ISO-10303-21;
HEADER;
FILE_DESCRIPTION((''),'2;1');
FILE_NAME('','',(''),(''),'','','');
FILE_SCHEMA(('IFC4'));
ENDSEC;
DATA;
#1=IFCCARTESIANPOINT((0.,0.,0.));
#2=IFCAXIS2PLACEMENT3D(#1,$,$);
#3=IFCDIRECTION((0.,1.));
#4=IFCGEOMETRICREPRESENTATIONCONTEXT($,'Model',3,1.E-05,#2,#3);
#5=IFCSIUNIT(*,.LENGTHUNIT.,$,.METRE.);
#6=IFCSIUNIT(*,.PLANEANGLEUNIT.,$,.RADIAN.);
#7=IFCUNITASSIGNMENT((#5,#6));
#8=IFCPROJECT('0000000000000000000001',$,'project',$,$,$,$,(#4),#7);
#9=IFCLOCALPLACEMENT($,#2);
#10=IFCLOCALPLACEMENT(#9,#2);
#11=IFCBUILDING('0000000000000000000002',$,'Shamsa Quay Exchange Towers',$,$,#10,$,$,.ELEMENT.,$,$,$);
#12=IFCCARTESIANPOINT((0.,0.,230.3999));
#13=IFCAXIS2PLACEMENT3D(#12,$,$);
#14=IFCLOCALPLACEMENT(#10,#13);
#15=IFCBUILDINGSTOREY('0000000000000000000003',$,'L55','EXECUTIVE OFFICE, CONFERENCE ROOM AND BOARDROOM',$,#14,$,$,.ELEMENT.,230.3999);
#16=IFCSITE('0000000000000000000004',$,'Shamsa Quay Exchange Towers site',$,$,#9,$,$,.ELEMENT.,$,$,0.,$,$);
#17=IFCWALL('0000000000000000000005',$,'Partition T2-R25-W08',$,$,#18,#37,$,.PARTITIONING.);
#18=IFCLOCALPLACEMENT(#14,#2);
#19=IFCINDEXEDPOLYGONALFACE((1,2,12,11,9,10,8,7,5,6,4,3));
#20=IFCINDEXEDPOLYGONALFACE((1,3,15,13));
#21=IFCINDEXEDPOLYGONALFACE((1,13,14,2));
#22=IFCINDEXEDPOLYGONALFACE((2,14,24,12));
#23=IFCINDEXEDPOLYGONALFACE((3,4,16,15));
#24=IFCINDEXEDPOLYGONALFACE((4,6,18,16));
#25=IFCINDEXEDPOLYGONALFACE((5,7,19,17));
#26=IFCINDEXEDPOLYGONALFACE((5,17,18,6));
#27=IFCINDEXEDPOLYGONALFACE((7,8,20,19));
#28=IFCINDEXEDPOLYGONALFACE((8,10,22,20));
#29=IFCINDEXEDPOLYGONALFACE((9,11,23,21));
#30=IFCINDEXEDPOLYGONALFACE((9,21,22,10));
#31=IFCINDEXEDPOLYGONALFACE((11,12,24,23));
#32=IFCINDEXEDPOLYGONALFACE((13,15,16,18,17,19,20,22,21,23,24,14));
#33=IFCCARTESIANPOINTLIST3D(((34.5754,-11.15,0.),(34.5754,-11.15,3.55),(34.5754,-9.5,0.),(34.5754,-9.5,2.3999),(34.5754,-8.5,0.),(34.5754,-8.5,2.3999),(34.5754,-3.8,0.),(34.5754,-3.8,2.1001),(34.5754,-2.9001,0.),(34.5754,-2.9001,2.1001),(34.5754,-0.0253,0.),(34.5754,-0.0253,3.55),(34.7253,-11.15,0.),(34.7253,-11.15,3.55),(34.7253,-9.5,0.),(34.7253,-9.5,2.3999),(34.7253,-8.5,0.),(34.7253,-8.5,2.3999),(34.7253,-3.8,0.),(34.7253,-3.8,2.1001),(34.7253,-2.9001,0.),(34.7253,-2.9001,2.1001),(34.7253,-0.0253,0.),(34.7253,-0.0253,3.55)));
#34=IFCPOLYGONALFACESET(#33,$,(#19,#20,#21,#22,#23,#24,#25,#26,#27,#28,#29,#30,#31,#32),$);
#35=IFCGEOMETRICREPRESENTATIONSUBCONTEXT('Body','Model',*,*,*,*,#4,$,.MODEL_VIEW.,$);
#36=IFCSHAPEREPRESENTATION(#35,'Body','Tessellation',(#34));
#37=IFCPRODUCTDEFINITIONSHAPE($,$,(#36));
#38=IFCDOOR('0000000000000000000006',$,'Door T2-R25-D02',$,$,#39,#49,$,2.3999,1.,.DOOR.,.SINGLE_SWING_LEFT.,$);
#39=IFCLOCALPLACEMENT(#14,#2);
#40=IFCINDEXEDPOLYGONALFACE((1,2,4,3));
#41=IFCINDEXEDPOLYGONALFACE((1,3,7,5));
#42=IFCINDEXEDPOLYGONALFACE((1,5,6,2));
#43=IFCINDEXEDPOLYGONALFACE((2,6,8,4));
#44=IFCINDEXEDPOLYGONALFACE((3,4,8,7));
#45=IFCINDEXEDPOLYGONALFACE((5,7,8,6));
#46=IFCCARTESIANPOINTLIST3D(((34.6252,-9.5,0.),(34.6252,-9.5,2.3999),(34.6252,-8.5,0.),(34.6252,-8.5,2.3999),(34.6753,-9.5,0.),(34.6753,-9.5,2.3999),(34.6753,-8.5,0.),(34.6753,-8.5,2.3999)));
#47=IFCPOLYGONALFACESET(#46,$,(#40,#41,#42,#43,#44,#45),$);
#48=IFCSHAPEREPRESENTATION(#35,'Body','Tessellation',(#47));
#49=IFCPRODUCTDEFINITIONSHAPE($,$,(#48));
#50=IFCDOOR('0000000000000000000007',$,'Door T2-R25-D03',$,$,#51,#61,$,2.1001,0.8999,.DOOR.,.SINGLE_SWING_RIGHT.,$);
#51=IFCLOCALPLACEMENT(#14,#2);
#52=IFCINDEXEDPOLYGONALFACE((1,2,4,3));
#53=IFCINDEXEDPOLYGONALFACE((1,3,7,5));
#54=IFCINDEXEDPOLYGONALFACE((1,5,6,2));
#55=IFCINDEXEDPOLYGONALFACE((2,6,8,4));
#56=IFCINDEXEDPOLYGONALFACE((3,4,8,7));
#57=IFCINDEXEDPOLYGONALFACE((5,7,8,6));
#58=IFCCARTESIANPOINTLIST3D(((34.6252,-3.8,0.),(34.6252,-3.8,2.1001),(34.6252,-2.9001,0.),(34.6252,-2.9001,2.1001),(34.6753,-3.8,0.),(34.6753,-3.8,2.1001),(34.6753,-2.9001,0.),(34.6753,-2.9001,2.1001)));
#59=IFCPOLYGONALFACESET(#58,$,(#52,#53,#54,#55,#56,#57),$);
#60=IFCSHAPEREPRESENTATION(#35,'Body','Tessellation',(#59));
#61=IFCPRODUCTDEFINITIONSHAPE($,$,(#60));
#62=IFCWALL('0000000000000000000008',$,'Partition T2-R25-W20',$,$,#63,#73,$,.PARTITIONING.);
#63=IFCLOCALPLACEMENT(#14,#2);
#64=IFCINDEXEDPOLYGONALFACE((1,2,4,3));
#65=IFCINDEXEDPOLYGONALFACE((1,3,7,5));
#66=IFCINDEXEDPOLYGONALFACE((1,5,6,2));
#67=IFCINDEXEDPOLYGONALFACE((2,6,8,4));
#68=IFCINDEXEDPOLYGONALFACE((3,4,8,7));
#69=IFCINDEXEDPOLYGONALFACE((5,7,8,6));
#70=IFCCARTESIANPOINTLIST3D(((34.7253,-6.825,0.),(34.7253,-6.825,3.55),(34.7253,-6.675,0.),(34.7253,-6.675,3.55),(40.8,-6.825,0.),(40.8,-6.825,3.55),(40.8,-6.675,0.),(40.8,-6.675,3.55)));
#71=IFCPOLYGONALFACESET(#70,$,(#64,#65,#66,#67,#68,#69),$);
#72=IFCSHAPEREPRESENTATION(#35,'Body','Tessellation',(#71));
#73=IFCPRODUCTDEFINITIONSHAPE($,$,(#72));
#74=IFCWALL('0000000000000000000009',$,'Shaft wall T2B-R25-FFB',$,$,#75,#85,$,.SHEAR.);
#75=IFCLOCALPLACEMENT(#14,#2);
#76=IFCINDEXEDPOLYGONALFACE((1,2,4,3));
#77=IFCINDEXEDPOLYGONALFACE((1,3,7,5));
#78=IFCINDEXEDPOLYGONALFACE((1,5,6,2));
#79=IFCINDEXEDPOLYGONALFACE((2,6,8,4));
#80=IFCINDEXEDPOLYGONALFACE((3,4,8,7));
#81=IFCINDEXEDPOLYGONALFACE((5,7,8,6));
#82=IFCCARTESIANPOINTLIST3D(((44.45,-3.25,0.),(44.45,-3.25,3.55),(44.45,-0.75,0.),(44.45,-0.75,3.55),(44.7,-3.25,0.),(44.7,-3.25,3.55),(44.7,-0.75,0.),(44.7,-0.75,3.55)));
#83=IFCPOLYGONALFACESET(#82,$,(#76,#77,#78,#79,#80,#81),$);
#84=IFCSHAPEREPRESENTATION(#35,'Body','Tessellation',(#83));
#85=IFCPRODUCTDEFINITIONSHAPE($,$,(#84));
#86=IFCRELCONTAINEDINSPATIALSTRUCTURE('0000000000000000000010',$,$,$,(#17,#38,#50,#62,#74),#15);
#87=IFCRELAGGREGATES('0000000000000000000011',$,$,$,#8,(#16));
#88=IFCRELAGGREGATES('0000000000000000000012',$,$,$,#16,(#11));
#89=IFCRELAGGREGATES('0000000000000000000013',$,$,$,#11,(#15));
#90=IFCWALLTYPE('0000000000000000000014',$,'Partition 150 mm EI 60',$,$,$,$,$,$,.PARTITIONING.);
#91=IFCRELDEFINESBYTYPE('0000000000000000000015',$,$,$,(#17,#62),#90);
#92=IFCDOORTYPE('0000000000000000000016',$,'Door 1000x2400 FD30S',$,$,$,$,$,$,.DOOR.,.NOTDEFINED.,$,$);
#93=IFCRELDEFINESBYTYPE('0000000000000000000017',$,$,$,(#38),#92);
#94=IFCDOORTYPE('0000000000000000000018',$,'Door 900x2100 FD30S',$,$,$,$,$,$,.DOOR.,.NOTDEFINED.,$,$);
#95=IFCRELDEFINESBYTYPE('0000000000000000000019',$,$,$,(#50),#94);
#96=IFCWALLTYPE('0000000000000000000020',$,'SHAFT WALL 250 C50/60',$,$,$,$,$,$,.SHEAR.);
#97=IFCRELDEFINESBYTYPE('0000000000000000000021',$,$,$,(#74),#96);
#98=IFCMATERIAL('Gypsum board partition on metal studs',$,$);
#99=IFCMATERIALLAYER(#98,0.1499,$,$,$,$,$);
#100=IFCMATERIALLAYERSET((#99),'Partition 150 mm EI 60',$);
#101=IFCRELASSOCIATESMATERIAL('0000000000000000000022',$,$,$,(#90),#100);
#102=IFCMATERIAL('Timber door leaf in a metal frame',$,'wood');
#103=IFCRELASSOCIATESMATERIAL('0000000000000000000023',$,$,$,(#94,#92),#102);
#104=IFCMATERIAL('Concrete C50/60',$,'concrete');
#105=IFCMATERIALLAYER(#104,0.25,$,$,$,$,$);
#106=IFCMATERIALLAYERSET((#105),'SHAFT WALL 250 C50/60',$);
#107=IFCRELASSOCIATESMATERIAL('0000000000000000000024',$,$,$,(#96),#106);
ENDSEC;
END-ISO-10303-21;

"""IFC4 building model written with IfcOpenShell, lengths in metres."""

from ifc_helpers import new_model, si_unit, direction, frame, frame_2d, origin, place, context, subcontext, project, spatial, rectangle, extrude, material, layer, layer_set, type_object, element, fill, save


model = new_model("IFC4")

# Units and contexts
model_context = context("Model", 3, precision=1e-05, world=origin(), true_north=direction((0.0, 1.0)))
body_context = subcontext(model_context, "Body", "Model", "MODEL_VIEW")
ifc_project = project(units=[si_unit("LENGTHUNIT", "METRE"), si_unit("PLANEANGLEUNIT", "RADIAN")], contexts=[model_context])

# Site, building, storey
site_placement = place(None, origin())
site = spatial("IfcSite", under=ifc_project, at=site_placement, Name="Shamsa Quay Exchange Towers site", CompositionType="ELEMENT", RefElevation=0.0)
building_placement = place(site_placement, origin())
building = spatial("IfcBuilding", under=site, at=building_placement, Name="Shamsa Quay Exchange Towers", CompositionType="ELEMENT")
storey_placement = place(building_placement, frame((0.0, 0.0, 230.3999)))
storey = spatial("IfcBuildingStorey", under=building, at=storey_placement, Name="L55", Description="EXECUTIVE OFFICE, CONFERENCE ROOM AND BOARDROOM", CompositionType="ELEMENT", Elevation=230.3999)

# Shared definitions
ifc_material_1 = material(Name="Timber door leaf in a metal frame", Category="wood")

# Shared definitions
ifc_material_2 = material(Name="Gypsum board partition on metal studs")
ifc_layer_1 = layer(ifc_material_2, 0.1499)
ifc_layer_set_1 = layer_set([ifc_layer_1], Name="Partition 150 mm EI 60")
wall_type_1 = type_object("IfcWallType", Name="Partition 150 mm EI 60", PredefinedType="PARTITIONING", material=ifc_layer_set_1)

# Shared definitions
door_type_1 = type_object("IfcDoorType", Name="Door 900x2100 FD30S", OperationType="NOTDEFINED", PredefinedType="DOOR", material=ifc_material_1)

# Wall, openings, doors
wall_1_placement = place(storey_placement, frame((34.6504, -0.0251, 0.0), z_axis=(0.0, 0.0, 1.0), x_axis=(0.0, -1.0, 0.0)))
wall_1 = element("IfcWall", 1, at=wall_1_placement, inside=storey, type_object=wall_type_1, Name="Partition T2-R25-W08", PredefinedType="PARTITIONING", context=body_context, shape_type="SweptSolid", body=[
    extrude(rectangle(XDim=11.1248, YDim=0.1499, at=frame_2d((5.5625, 0.0))), origin(), (0.0, 0.0, 1.0), 3.55),
])
opening_1_placement = place(wall_1_placement, frame((8.4749, 0.0, 0.0)))
opening_1 = element("IfcOpeningElement", 2, at=opening_1_placement, cuts=wall_1, PredefinedType="OPENING", context=body_context, shape_type="SweptSolid", body=[
    extrude(rectangle(XDim=1.0, YDim=2.3999, at=frame_2d((0.5, 1.2))), frame((0.0, 0.085, 0.0), z_axis=(0.0, -1.0, 0.0), x_axis=(1.0, 0.0, 0.0)), (0.0, 0.0, 1.0), 0.1699),
])
opening_2_placement = place(wall_1_placement, frame((2.875, 0.0, 0.0)))
opening_2 = element("IfcOpeningElement", 3, at=opening_2_placement, cuts=wall_1, PredefinedType="OPENING", context=body_context, shape_type="SweptSolid", body=[
    extrude(rectangle(XDim=0.8999, YDim=2.1001, at=frame_2d((0.45, 1.05))), frame((0.0, 0.085, 0.0), z_axis=(0.0, -1.0, 0.0), x_axis=(1.0, 0.0, 0.0)), (0.0, 0.0, 1.0), 0.1699),
])
door_type_2 = type_object("IfcDoorType", Name="Door 1000x2400 FD30S", OperationType="NOTDEFINED", PredefinedType="DOOR", material=ifc_material_1)
door_1_placement = place(opening_1_placement, origin())
door_1 = element("IfcDoor", 4, at=door_1_placement, inside=storey, type_object=door_type_2, Name="Door T2-R25-D02", OperationType="SINGLE_SWING_LEFT", OverallHeight=2.3999, OverallWidth=1.0, PredefinedType="DOOR", context=body_context, shape_type="SweptSolid", body=[
    extrude(rectangle(XDim=1.0, YDim=2.3999, at=frame_2d((0.5, 1.2))), frame((0.0, 0.0249, 0.0), z_axis=(0.0, -1.0, 0.0), x_axis=(1.0, 0.0, 0.0)), (0.0, 0.0, 1.0), 0.05),
])
fill(opening_1, door_1)
door_2_placement = place(opening_2_placement, origin())
door_2 = element("IfcDoor", 5, at=door_2_placement, inside=storey, type_object=door_type_1, Name="Door T2-R25-D03", OperationType="SINGLE_SWING_RIGHT", OverallHeight=2.1001, OverallWidth=0.8999, PredefinedType="DOOR", context=body_context, shape_type="SweptSolid", body=[
    extrude(rectangle(XDim=0.8999, YDim=2.1001, at=frame_2d((0.45, 1.05))), frame((0.0, 0.0249, 0.0), z_axis=(0.0, -1.0, 0.0), x_axis=(1.0, 0.0, 0.0)), (0.0, 0.0, 1.0), 0.05),
])
fill(opening_2, door_2)

# Walls
wall_2_placement = place(storey_placement, frame((34.7253, -6.75, 0.0)))
element("IfcWall", 6, at=wall_2_placement, inside=storey, type_object=wall_type_1, Name="Partition T2-R25-W20", PredefinedType="PARTITIONING", context=body_context, shape_type="SweptSolid", body=[
    extrude(rectangle(XDim=6.0747, YDim=0.1499, at=frame_2d((3.0374, 0.0))), origin(), (0.0, 0.0, 1.0), 3.55),
])
ifc_material_3 = material(Name="Concrete C50/60", Category="concrete")
ifc_layer_2 = layer(ifc_material_3, 0.25)
ifc_layer_set_2 = layer_set([ifc_layer_2], Name="SHAFT WALL 250 C50/60")
wall_type_2 = type_object("IfcWallType", Name="SHAFT WALL 250 C50/60", PredefinedType="SHEAR", material=ifc_layer_set_2)
wall_3_placement = place(storey_placement, frame((44.575, -3.25, 0.0), z_axis=(0.0, 0.0, 1.0), x_axis=(0.0, 1.0, 0.0)))
element("IfcWall", 7, at=wall_3_placement, inside=storey, type_object=wall_type_2, Name="Shaft wall T2B-R25-FFB", PredefinedType="SHEAR", context=body_context, shape_type="SweptSolid", body=[
    extrude(rectangle(XDim=2.5, YDim=0.25, at=frame_2d((1.25, 0.0))), origin(), (0.0, 0.0, 1.0), 3.55),
])

save(model, "model.ifc")
